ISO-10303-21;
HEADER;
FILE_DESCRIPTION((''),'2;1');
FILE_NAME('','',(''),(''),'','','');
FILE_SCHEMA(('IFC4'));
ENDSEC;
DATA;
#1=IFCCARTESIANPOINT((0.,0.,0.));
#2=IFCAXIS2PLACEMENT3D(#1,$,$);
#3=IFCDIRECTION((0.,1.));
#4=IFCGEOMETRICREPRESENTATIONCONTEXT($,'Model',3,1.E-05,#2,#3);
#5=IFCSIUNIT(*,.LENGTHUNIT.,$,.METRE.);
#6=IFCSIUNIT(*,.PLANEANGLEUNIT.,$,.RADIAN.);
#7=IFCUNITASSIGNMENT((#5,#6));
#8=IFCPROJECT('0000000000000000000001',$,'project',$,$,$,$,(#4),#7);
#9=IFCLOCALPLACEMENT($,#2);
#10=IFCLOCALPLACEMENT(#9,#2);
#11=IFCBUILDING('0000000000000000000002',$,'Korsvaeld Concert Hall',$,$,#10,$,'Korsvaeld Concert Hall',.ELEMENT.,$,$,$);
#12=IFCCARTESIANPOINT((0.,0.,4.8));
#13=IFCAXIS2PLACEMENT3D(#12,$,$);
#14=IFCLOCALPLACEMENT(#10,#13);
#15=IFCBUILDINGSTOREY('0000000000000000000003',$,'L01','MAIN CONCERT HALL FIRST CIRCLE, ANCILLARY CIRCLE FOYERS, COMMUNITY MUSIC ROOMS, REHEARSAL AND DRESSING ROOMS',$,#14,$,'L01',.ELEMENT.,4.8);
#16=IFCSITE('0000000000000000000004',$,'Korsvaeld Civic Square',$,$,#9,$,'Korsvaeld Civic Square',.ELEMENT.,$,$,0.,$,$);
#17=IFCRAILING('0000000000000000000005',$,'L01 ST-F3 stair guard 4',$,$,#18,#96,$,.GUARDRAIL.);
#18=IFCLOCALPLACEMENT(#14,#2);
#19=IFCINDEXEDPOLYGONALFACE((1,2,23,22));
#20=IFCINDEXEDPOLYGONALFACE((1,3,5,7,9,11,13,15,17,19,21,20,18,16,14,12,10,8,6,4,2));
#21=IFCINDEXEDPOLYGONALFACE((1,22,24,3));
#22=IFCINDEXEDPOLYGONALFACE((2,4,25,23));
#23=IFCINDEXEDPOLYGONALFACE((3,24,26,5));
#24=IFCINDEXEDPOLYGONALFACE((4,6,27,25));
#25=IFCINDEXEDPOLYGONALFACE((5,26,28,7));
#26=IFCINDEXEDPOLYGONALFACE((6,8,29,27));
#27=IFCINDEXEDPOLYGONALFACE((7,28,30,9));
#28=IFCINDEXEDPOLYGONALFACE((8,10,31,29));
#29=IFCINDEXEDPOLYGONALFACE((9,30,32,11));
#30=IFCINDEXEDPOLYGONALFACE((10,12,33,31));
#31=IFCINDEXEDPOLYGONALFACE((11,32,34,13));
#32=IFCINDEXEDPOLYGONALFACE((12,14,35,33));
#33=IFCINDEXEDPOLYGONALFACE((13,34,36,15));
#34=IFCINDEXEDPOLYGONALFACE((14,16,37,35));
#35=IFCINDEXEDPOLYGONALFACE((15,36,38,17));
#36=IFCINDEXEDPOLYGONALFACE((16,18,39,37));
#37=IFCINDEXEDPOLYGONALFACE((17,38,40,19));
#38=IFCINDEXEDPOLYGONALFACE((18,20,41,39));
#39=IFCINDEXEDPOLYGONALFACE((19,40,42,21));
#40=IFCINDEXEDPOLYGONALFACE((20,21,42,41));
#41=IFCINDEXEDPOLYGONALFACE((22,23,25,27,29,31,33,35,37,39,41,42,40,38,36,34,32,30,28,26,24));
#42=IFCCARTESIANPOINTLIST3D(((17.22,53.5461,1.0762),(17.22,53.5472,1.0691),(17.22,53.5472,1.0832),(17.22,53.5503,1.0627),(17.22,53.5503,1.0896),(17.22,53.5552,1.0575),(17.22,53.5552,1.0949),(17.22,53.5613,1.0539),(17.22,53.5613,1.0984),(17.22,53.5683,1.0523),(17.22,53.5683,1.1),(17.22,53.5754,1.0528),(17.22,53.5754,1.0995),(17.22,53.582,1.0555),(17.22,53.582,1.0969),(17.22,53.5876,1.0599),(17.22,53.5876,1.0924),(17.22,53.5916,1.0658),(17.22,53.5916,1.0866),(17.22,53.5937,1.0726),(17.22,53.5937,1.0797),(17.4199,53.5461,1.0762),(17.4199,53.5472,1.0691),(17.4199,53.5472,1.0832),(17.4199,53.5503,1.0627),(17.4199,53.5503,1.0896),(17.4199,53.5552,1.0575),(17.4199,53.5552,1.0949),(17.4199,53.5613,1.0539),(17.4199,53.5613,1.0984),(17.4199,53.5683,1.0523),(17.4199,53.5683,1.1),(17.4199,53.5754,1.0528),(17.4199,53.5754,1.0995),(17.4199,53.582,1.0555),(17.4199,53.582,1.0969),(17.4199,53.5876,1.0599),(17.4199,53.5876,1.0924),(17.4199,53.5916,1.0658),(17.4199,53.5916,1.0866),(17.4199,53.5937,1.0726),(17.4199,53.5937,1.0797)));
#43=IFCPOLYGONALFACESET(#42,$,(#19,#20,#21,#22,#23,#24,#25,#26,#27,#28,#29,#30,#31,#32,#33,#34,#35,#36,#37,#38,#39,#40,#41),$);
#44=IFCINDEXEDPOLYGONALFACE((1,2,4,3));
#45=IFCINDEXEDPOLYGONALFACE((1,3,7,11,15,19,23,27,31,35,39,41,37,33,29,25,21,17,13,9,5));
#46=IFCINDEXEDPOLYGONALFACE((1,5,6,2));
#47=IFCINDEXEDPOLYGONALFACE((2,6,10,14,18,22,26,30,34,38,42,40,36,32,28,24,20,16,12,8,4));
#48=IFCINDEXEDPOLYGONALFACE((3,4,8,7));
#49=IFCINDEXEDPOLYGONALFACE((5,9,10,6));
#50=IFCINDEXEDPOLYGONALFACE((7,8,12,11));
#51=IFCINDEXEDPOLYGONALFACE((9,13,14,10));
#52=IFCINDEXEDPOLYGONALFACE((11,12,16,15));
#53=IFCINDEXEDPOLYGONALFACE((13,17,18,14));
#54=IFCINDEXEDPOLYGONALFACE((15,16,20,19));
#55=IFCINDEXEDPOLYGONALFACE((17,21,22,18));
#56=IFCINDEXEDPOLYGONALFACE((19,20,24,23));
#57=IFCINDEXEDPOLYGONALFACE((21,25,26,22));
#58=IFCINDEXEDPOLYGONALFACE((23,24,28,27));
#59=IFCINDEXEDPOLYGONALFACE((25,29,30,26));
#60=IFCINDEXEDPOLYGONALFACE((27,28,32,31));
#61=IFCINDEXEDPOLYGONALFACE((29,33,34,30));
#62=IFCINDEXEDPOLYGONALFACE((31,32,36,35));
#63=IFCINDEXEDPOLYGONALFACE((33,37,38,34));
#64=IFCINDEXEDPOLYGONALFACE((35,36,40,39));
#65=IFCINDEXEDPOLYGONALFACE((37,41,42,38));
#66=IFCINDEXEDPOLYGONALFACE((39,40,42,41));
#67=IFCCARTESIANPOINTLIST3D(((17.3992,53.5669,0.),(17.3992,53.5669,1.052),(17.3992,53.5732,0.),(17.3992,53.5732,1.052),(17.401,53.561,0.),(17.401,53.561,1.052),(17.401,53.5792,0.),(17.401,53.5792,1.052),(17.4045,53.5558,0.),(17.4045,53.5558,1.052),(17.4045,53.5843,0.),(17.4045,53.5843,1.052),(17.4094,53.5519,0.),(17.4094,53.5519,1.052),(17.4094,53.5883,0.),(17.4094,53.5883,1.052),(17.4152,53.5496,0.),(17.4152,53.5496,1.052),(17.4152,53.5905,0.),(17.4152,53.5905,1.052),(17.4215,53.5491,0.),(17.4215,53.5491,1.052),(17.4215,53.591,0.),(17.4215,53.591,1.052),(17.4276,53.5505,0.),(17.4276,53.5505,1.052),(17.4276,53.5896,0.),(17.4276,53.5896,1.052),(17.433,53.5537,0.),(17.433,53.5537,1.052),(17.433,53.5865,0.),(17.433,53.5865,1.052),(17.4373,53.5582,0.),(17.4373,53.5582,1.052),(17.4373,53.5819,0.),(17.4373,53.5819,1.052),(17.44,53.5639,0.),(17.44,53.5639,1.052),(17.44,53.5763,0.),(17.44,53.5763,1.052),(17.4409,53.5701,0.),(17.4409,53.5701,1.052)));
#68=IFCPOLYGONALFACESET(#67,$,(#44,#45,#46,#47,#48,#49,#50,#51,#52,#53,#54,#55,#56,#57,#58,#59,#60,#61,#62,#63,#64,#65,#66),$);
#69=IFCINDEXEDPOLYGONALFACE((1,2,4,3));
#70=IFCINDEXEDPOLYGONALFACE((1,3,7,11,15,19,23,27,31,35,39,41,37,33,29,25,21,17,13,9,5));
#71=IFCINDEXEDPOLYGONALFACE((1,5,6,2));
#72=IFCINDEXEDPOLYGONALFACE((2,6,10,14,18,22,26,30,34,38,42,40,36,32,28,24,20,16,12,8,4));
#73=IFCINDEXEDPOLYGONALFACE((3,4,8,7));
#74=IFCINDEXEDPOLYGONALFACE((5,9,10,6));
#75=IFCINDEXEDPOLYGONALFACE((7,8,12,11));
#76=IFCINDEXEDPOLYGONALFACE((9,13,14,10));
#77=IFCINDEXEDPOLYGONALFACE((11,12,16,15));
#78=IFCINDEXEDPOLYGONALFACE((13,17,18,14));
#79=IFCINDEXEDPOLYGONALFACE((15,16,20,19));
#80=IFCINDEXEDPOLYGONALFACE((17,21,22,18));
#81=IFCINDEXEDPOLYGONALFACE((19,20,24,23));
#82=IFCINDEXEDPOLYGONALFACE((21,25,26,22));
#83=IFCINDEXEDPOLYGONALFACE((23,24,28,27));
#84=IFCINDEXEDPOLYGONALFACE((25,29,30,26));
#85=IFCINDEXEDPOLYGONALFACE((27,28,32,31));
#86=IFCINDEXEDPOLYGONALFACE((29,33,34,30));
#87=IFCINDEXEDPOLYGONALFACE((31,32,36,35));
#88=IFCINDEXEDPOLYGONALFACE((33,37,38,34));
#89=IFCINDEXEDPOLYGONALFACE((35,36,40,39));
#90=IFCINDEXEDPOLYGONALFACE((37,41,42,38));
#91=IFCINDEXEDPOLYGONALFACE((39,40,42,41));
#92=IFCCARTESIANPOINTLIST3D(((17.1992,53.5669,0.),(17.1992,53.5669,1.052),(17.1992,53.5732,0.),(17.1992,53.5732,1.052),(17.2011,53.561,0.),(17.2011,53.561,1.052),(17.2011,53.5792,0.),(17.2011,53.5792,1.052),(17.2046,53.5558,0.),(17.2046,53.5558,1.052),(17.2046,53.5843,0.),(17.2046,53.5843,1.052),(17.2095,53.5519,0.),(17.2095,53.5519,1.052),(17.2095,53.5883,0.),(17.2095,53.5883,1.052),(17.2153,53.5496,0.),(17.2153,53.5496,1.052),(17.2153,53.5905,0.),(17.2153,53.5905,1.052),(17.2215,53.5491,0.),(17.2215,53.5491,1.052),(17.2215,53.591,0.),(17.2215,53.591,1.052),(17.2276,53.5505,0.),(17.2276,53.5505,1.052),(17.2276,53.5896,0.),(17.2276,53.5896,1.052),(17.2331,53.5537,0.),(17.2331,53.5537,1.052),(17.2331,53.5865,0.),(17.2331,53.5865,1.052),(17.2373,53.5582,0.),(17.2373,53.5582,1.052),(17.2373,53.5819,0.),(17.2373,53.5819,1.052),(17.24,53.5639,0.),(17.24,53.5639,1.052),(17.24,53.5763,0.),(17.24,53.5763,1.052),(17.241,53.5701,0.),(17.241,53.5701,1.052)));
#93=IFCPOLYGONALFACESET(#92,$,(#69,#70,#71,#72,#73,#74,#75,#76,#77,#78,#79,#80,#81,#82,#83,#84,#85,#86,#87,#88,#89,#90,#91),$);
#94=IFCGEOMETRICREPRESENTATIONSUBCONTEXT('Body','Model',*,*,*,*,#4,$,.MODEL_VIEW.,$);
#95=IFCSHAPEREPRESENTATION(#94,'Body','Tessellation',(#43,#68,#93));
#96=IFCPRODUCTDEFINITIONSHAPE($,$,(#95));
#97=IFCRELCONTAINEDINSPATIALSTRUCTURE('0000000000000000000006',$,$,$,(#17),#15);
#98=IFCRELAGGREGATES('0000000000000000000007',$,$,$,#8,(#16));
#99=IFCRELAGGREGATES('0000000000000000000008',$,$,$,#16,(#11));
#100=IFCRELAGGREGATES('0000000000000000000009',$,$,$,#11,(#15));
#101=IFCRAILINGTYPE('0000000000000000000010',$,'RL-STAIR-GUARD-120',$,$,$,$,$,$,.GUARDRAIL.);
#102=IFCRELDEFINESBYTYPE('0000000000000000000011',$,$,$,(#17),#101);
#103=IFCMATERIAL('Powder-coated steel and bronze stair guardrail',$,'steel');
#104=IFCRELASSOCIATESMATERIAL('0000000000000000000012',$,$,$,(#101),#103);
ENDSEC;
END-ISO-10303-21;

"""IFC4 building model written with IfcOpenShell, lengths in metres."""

from ifc_helpers import new_model, si_unit, direction, frame, origin, origin_2d, place, context, subcontext, project, spatial, circle, extrude, material, type_object, element, save


model = new_model("IFC4")

# Units and contexts
model_context = context("Model", 3, precision=1e-05, world=origin(), true_north=direction((0.0, 1.0)))
body_context = subcontext(model_context, "Body", "Model", "MODEL_VIEW")
ifc_project = project(units=[si_unit("LENGTHUNIT", "METRE"), si_unit("PLANEANGLEUNIT", "RADIAN")], contexts=[model_context])

# Site, building, storey
site_placement = place(None, origin())
site = spatial("IfcSite", under=ifc_project, at=site_placement, Name="Korsvaeld Civic Square", LongName="Korsvaeld Civic Square", CompositionType="ELEMENT", RefElevation=0.0)
building_placement = place(site_placement, origin())
building = spatial("IfcBuilding", under=site, at=building_placement, Name="Korsvaeld Concert Hall", LongName="Korsvaeld Concert Hall", CompositionType="ELEMENT")
storey_placement = place(building_placement, frame((0.0, 0.0, 4.8)))
storey = spatial("IfcBuildingStorey", under=building, at=storey_placement, Name="L01", Description="MAIN CONCERT HALL FIRST CIRCLE, ANCILLARY CIRCLE FOYERS, COMMUNITY MUSIC ROOMS, REHEARSAL AND DRESSING ROOMS", LongName="L01", CompositionType="ELEMENT", Elevation=4.8)

# Railing
ifc_material_1 = material(Name="Powder-coated steel and bronze stair guardrail", Category="steel")
railing_type_1 = type_object("IfcRailingType", Name="RL-STAIR-GUARD-120", PredefinedType="GUARDRAIL", material=ifc_material_1)
railing_1_placement = place(storey_placement, frame((17.4199, 53.5701, 0.0)))
element("IfcRailing", 1, at=railing_1_placement, inside=storey, type_object=railing_type_1, Name="L01 ST-F3 stair guard 4", PredefinedType="GUARDRAIL", context=body_context, shape_type="SweptSolid", body=[
    extrude(circle(Radius=0.0239, at=origin_2d()), frame((0.0, 0.0, 1.0762), z_axis=(-1.0, 0.0, 0.0), x_axis=(0.0, -1.0, 0.0)), (0.0, 0.0, 1.0), 0.2),
    extrude(circle(Radius=0.021, at=origin_2d()), origin(), (0.0, 0.0, 1.0), 1.052),
    extrude(circle(Radius=0.021, at=origin_2d()), frame((-0.2, 0.0, 0.0)), (0.0, 0.0, 1.0), 1.052),
])

save(model, "model.ifc")
